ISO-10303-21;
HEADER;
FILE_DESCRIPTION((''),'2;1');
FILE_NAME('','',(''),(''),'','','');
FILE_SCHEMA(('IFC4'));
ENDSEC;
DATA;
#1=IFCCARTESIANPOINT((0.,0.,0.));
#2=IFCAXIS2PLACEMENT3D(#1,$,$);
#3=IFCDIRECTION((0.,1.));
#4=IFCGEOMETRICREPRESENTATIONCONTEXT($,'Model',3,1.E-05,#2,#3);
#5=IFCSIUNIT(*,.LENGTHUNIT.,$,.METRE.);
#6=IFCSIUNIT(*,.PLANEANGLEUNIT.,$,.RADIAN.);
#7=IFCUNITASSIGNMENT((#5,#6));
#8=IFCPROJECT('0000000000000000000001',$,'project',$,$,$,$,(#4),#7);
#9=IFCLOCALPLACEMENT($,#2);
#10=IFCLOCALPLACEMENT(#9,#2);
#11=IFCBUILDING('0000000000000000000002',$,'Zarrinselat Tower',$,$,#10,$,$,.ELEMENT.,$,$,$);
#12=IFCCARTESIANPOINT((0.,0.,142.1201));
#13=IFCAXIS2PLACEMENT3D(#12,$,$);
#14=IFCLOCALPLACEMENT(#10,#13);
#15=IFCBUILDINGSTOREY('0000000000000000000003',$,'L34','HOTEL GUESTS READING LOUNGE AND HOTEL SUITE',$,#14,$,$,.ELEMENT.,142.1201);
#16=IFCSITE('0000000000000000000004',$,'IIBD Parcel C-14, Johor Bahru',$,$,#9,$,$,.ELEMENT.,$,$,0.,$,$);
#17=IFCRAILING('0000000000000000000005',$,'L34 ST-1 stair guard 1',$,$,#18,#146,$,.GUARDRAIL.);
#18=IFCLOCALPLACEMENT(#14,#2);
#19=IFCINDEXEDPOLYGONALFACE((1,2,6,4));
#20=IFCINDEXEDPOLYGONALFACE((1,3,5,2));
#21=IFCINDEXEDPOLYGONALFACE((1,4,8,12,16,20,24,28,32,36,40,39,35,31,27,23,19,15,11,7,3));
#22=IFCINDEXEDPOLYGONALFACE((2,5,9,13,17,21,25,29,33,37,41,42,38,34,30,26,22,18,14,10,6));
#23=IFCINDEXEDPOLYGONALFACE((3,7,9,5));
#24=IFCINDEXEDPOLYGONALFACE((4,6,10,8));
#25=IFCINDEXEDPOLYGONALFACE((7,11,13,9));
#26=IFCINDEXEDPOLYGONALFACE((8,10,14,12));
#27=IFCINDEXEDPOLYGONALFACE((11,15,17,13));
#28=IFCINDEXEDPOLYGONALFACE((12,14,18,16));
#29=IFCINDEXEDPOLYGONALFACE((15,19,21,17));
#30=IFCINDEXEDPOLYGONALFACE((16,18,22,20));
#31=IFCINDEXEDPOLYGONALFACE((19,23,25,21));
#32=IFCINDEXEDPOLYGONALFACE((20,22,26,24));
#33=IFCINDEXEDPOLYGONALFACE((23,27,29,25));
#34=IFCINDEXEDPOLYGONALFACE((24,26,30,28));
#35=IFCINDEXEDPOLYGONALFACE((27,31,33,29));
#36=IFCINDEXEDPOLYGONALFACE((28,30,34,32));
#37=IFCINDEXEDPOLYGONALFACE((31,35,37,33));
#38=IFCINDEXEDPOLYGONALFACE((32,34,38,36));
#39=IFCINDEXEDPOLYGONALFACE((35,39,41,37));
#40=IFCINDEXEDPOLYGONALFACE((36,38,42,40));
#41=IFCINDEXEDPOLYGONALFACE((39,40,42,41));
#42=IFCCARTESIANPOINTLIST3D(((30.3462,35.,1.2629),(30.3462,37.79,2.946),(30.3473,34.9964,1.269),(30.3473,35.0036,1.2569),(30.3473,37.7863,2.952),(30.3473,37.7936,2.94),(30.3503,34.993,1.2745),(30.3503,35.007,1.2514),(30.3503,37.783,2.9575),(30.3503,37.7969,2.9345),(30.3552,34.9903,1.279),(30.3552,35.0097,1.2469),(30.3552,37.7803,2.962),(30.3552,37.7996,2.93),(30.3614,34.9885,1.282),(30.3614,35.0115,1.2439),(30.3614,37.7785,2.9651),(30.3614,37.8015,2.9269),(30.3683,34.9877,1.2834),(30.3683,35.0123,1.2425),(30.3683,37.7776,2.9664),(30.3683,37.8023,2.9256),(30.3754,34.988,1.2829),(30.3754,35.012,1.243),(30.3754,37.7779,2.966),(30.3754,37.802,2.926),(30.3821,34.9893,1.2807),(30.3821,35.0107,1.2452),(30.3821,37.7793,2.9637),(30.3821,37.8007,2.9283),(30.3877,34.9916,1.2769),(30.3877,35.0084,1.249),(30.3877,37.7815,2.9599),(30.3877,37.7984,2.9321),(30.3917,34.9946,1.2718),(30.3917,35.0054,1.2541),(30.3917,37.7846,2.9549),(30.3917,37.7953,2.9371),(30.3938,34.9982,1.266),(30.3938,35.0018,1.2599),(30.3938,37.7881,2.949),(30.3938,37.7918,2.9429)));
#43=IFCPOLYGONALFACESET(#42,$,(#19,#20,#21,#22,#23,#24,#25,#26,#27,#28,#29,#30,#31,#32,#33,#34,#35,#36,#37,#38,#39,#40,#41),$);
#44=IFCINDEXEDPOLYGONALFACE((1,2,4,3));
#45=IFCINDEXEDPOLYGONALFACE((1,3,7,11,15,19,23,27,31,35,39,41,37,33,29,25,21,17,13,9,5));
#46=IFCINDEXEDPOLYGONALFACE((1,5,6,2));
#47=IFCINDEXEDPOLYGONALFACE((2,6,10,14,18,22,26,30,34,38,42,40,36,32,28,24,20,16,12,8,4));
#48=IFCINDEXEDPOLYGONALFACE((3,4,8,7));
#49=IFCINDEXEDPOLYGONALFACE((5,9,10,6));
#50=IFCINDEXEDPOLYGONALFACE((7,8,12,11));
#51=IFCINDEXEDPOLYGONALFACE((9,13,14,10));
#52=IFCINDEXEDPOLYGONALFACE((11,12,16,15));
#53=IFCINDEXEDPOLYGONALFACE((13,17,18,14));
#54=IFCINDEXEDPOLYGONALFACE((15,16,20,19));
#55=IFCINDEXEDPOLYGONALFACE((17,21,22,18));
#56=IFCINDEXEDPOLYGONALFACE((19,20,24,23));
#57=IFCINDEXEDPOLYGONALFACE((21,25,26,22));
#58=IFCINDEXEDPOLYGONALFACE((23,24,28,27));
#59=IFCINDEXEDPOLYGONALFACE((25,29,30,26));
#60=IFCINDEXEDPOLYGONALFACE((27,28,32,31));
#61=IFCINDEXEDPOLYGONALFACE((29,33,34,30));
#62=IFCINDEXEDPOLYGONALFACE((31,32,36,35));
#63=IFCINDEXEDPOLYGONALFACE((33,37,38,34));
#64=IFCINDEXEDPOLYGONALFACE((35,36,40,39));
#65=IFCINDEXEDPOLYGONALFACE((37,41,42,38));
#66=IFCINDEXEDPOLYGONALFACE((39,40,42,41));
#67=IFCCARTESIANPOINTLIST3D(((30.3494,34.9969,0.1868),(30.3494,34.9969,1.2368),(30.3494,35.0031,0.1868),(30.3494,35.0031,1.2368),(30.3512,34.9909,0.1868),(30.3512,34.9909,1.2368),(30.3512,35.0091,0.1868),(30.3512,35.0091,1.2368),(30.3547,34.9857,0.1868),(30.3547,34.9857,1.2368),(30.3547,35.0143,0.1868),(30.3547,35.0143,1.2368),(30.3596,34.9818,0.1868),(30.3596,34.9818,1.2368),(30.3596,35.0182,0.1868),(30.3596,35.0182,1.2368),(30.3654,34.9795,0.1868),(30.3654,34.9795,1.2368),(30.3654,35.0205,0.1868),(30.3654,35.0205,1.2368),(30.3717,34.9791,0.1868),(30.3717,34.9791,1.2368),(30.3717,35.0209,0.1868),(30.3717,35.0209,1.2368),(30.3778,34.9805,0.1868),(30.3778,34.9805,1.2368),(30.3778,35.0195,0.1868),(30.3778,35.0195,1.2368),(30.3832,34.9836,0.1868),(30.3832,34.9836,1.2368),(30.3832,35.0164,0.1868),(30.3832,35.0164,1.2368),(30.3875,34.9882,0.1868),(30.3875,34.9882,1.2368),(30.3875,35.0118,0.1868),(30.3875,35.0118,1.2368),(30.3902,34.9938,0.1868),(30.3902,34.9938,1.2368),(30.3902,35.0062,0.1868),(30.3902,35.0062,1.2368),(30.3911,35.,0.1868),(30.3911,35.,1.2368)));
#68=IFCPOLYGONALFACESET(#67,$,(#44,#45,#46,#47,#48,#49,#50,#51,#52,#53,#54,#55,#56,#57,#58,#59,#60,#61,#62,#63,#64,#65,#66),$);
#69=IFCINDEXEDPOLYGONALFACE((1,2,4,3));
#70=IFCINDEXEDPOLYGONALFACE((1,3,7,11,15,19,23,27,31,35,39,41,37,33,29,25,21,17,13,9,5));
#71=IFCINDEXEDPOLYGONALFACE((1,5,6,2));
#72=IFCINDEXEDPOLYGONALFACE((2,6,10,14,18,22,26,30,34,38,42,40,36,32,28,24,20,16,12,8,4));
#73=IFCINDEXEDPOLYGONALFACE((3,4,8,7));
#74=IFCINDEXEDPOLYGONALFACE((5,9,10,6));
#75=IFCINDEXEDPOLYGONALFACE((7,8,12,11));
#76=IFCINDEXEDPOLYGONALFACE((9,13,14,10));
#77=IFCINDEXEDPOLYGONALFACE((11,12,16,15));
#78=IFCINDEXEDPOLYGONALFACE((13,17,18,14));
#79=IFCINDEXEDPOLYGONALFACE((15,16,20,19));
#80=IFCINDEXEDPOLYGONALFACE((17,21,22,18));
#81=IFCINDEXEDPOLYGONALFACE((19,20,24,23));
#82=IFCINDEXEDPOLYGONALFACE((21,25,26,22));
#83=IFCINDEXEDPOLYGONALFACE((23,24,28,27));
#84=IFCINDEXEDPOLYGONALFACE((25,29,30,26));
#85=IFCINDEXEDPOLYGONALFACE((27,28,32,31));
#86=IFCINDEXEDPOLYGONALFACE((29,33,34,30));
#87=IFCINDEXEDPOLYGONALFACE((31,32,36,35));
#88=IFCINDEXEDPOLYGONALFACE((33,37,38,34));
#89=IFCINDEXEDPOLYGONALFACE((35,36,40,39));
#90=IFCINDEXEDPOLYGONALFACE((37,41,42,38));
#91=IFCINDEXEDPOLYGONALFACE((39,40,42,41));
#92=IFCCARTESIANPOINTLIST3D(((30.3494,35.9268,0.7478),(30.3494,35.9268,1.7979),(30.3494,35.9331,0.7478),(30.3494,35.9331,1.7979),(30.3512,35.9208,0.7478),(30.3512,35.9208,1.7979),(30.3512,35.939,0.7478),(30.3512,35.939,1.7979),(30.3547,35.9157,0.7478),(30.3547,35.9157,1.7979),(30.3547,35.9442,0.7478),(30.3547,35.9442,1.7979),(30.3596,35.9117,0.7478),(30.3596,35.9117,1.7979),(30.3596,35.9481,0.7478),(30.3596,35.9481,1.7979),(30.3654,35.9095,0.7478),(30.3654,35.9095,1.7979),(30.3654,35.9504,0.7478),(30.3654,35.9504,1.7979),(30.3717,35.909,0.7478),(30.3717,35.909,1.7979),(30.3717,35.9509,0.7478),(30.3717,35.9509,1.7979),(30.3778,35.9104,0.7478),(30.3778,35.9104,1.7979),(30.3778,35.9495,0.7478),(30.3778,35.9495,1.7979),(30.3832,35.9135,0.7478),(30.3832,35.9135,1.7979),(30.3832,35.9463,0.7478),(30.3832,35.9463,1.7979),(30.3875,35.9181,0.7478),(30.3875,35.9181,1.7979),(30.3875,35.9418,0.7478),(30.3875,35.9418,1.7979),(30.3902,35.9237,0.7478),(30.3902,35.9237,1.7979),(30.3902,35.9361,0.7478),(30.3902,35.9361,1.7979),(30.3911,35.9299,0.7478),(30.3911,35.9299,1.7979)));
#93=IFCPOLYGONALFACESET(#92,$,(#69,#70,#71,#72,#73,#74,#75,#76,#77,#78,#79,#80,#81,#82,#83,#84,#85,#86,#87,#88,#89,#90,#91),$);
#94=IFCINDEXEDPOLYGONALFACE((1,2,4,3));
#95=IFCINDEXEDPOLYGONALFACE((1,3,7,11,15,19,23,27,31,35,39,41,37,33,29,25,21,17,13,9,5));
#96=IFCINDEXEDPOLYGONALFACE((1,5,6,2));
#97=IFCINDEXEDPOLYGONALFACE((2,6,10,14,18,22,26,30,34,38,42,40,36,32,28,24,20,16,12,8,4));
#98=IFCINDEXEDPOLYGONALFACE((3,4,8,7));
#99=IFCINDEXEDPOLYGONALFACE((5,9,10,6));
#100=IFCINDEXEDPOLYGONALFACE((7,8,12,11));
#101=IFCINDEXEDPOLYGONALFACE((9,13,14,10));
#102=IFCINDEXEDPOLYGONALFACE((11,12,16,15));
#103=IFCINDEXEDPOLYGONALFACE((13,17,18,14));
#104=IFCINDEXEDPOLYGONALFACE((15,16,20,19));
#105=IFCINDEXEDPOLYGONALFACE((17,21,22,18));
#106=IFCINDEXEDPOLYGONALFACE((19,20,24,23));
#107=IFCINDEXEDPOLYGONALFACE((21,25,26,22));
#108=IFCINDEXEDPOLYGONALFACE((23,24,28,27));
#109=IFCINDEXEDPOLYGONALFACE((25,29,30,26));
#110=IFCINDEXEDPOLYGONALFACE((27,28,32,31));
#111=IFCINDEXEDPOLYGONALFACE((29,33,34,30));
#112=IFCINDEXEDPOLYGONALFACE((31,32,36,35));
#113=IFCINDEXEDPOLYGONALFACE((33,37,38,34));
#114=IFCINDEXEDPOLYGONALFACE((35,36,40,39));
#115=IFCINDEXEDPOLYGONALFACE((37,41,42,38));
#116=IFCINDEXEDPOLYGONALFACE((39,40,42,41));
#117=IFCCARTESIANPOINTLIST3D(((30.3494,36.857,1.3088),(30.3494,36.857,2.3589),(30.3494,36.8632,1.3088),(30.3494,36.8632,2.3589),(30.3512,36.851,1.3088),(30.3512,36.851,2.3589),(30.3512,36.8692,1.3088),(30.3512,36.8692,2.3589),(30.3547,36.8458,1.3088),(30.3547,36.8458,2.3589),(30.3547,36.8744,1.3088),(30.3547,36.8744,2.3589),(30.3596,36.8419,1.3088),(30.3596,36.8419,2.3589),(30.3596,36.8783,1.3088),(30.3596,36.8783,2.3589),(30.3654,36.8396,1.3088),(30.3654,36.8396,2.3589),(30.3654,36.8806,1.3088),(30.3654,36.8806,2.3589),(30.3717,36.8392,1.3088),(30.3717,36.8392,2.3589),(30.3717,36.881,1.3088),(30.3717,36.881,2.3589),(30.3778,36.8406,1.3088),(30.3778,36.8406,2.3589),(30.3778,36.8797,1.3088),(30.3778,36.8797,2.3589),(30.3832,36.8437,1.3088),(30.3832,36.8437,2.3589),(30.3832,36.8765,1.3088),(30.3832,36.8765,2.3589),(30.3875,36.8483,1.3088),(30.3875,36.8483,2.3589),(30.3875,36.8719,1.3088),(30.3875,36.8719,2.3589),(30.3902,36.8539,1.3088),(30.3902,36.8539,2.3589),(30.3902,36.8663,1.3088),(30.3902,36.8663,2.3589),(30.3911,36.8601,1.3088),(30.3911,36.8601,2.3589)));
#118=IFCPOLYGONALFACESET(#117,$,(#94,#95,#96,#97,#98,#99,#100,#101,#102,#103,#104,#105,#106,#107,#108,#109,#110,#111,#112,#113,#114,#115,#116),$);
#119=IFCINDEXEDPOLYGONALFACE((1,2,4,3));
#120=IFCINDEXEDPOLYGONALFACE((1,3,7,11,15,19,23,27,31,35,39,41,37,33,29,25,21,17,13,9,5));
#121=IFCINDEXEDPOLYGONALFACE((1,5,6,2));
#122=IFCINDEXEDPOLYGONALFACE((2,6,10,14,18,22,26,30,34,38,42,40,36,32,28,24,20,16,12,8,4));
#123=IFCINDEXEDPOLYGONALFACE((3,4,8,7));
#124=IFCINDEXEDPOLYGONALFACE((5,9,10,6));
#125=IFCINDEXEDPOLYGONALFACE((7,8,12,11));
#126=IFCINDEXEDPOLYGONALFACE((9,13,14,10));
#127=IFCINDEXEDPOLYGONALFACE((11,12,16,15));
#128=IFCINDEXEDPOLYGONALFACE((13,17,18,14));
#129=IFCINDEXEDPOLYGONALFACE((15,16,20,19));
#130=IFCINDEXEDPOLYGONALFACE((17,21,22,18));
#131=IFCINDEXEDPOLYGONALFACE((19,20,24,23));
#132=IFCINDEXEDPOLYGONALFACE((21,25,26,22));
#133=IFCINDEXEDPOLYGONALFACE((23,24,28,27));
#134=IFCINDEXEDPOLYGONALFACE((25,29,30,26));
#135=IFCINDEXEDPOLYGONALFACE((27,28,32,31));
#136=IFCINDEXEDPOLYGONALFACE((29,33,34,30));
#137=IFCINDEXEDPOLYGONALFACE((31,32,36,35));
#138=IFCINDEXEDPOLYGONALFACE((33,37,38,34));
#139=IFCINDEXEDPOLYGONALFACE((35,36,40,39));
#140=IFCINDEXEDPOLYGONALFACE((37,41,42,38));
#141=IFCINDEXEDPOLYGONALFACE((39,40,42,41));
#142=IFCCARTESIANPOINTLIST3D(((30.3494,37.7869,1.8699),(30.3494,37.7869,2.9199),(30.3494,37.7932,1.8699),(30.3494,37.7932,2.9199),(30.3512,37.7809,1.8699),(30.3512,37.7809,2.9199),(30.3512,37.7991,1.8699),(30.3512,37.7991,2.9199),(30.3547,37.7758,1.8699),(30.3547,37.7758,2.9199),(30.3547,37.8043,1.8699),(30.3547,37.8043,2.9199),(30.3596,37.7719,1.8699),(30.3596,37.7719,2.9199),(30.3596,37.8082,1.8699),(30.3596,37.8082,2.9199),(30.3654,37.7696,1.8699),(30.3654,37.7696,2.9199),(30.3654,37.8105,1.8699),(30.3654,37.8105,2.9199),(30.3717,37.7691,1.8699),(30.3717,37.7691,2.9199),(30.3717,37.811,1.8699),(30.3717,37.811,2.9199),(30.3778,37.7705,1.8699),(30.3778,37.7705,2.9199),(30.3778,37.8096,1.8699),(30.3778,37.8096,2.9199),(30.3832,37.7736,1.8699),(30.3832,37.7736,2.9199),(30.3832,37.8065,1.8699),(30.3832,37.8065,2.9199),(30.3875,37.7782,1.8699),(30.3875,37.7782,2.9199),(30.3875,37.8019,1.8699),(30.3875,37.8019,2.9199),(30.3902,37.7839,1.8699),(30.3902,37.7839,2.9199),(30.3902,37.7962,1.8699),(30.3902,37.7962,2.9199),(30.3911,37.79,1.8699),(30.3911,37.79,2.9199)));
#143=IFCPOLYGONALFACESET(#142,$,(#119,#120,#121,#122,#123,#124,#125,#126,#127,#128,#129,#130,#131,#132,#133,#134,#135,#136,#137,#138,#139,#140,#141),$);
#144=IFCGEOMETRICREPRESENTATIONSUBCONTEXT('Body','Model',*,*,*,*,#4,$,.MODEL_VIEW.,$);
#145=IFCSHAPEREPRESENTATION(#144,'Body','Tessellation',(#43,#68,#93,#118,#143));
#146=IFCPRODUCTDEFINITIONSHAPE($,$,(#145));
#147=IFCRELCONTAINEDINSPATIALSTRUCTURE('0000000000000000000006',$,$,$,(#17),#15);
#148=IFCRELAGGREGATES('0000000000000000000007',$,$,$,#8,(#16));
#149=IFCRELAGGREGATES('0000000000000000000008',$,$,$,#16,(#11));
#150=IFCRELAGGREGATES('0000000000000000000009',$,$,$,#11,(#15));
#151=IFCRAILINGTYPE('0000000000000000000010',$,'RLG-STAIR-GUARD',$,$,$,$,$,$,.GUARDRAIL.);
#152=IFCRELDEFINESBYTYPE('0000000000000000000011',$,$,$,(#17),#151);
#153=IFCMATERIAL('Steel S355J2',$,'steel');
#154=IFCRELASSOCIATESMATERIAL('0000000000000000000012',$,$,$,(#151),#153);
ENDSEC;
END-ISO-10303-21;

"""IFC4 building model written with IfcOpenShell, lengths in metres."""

from ifc_helpers import new_model, si_unit, direction, frame, origin, origin_2d, place, context, subcontext, project, spatial, circle, extrude, material, type_object, element, save


model = new_model("IFC4")

# Units and contexts
model_context = context("Model", 3, precision=1e-05, world=origin(), true_north=direction((0.0, 1.0)))
body_context = subcontext(model_context, "Body", "Model", "MODEL_VIEW")
ifc_project = project(units=[si_unit("LENGTHUNIT", "METRE"), si_unit("PLANEANGLEUNIT", "RADIAN")], contexts=[model_context])

# Site, building, storey
site_placement = place(None, origin())
site = spatial("IfcSite", under=ifc_project, at=site_placement, Name="IIBD Parcel C-14, Johor Bahru", CompositionType="ELEMENT", RefElevation=0.0)
building_placement = place(site_placement, origin())
building = spatial("IfcBuilding", under=site, at=building_placement, Name="Zarrinselat Tower", CompositionType="ELEMENT")
storey_placement = place(building_placement, frame((0.0, 0.0, 142.1201)))
storey = spatial("IfcBuildingStorey", under=building, at=storey_placement, Name="L34", Description="HOTEL GUESTS READING LOUNGE AND HOTEL SUITE", CompositionType="ELEMENT", Elevation=142.1201)

# Railing
ifc_material_1 = material(Name="Steel S355J2", Category="steel")
railing_type_1 = type_object("IfcRailingType", Name="RLG-STAIR-GUARD", PredefinedType="GUARDRAIL", material=ifc_material_1)
railing_1_placement = place(storey_placement, frame((30.3701, 35.0, 0.1868)))
element("IfcRailing", 1, at=railing_1_placement, inside=storey, type_object=railing_type_1, Name="L34 ST-1 stair guard 1", PredefinedType="GUARDRAIL", context=body_context, shape_type="SweptSolid", body=[
    extrude(circle(Radius=0.0239, at=origin_2d()), frame((0.0, 0.0, 1.0762), z_axis=(0.0, 0.856261, 0.516544), x_axis=(-1.0, 0.0, 0.0)), (0.0, 0.0, 1.0), 3.2583),
    extrude(circle(Radius=0.021, at=origin_2d()), origin(), (0.0, 0.0, 1.0), 1.05),
    extrude(circle(Radius=0.021, at=origin_2d()), frame((0.0, 0.9299, 0.561)), (0.0, 0.0, 1.0), 1.05),
    extrude(circle(Radius=0.021, at=origin_2d()), frame((0.0, 1.8601, 1.1221)), (0.0, 0.0, 1.0), 1.05),
    extrude(circle(Radius=0.021, at=origin_2d()), frame((0.0, 2.79, 1.6831)), (0.0, 0.0, 1.0), 1.05),
])

save(model, "model.ifc")
